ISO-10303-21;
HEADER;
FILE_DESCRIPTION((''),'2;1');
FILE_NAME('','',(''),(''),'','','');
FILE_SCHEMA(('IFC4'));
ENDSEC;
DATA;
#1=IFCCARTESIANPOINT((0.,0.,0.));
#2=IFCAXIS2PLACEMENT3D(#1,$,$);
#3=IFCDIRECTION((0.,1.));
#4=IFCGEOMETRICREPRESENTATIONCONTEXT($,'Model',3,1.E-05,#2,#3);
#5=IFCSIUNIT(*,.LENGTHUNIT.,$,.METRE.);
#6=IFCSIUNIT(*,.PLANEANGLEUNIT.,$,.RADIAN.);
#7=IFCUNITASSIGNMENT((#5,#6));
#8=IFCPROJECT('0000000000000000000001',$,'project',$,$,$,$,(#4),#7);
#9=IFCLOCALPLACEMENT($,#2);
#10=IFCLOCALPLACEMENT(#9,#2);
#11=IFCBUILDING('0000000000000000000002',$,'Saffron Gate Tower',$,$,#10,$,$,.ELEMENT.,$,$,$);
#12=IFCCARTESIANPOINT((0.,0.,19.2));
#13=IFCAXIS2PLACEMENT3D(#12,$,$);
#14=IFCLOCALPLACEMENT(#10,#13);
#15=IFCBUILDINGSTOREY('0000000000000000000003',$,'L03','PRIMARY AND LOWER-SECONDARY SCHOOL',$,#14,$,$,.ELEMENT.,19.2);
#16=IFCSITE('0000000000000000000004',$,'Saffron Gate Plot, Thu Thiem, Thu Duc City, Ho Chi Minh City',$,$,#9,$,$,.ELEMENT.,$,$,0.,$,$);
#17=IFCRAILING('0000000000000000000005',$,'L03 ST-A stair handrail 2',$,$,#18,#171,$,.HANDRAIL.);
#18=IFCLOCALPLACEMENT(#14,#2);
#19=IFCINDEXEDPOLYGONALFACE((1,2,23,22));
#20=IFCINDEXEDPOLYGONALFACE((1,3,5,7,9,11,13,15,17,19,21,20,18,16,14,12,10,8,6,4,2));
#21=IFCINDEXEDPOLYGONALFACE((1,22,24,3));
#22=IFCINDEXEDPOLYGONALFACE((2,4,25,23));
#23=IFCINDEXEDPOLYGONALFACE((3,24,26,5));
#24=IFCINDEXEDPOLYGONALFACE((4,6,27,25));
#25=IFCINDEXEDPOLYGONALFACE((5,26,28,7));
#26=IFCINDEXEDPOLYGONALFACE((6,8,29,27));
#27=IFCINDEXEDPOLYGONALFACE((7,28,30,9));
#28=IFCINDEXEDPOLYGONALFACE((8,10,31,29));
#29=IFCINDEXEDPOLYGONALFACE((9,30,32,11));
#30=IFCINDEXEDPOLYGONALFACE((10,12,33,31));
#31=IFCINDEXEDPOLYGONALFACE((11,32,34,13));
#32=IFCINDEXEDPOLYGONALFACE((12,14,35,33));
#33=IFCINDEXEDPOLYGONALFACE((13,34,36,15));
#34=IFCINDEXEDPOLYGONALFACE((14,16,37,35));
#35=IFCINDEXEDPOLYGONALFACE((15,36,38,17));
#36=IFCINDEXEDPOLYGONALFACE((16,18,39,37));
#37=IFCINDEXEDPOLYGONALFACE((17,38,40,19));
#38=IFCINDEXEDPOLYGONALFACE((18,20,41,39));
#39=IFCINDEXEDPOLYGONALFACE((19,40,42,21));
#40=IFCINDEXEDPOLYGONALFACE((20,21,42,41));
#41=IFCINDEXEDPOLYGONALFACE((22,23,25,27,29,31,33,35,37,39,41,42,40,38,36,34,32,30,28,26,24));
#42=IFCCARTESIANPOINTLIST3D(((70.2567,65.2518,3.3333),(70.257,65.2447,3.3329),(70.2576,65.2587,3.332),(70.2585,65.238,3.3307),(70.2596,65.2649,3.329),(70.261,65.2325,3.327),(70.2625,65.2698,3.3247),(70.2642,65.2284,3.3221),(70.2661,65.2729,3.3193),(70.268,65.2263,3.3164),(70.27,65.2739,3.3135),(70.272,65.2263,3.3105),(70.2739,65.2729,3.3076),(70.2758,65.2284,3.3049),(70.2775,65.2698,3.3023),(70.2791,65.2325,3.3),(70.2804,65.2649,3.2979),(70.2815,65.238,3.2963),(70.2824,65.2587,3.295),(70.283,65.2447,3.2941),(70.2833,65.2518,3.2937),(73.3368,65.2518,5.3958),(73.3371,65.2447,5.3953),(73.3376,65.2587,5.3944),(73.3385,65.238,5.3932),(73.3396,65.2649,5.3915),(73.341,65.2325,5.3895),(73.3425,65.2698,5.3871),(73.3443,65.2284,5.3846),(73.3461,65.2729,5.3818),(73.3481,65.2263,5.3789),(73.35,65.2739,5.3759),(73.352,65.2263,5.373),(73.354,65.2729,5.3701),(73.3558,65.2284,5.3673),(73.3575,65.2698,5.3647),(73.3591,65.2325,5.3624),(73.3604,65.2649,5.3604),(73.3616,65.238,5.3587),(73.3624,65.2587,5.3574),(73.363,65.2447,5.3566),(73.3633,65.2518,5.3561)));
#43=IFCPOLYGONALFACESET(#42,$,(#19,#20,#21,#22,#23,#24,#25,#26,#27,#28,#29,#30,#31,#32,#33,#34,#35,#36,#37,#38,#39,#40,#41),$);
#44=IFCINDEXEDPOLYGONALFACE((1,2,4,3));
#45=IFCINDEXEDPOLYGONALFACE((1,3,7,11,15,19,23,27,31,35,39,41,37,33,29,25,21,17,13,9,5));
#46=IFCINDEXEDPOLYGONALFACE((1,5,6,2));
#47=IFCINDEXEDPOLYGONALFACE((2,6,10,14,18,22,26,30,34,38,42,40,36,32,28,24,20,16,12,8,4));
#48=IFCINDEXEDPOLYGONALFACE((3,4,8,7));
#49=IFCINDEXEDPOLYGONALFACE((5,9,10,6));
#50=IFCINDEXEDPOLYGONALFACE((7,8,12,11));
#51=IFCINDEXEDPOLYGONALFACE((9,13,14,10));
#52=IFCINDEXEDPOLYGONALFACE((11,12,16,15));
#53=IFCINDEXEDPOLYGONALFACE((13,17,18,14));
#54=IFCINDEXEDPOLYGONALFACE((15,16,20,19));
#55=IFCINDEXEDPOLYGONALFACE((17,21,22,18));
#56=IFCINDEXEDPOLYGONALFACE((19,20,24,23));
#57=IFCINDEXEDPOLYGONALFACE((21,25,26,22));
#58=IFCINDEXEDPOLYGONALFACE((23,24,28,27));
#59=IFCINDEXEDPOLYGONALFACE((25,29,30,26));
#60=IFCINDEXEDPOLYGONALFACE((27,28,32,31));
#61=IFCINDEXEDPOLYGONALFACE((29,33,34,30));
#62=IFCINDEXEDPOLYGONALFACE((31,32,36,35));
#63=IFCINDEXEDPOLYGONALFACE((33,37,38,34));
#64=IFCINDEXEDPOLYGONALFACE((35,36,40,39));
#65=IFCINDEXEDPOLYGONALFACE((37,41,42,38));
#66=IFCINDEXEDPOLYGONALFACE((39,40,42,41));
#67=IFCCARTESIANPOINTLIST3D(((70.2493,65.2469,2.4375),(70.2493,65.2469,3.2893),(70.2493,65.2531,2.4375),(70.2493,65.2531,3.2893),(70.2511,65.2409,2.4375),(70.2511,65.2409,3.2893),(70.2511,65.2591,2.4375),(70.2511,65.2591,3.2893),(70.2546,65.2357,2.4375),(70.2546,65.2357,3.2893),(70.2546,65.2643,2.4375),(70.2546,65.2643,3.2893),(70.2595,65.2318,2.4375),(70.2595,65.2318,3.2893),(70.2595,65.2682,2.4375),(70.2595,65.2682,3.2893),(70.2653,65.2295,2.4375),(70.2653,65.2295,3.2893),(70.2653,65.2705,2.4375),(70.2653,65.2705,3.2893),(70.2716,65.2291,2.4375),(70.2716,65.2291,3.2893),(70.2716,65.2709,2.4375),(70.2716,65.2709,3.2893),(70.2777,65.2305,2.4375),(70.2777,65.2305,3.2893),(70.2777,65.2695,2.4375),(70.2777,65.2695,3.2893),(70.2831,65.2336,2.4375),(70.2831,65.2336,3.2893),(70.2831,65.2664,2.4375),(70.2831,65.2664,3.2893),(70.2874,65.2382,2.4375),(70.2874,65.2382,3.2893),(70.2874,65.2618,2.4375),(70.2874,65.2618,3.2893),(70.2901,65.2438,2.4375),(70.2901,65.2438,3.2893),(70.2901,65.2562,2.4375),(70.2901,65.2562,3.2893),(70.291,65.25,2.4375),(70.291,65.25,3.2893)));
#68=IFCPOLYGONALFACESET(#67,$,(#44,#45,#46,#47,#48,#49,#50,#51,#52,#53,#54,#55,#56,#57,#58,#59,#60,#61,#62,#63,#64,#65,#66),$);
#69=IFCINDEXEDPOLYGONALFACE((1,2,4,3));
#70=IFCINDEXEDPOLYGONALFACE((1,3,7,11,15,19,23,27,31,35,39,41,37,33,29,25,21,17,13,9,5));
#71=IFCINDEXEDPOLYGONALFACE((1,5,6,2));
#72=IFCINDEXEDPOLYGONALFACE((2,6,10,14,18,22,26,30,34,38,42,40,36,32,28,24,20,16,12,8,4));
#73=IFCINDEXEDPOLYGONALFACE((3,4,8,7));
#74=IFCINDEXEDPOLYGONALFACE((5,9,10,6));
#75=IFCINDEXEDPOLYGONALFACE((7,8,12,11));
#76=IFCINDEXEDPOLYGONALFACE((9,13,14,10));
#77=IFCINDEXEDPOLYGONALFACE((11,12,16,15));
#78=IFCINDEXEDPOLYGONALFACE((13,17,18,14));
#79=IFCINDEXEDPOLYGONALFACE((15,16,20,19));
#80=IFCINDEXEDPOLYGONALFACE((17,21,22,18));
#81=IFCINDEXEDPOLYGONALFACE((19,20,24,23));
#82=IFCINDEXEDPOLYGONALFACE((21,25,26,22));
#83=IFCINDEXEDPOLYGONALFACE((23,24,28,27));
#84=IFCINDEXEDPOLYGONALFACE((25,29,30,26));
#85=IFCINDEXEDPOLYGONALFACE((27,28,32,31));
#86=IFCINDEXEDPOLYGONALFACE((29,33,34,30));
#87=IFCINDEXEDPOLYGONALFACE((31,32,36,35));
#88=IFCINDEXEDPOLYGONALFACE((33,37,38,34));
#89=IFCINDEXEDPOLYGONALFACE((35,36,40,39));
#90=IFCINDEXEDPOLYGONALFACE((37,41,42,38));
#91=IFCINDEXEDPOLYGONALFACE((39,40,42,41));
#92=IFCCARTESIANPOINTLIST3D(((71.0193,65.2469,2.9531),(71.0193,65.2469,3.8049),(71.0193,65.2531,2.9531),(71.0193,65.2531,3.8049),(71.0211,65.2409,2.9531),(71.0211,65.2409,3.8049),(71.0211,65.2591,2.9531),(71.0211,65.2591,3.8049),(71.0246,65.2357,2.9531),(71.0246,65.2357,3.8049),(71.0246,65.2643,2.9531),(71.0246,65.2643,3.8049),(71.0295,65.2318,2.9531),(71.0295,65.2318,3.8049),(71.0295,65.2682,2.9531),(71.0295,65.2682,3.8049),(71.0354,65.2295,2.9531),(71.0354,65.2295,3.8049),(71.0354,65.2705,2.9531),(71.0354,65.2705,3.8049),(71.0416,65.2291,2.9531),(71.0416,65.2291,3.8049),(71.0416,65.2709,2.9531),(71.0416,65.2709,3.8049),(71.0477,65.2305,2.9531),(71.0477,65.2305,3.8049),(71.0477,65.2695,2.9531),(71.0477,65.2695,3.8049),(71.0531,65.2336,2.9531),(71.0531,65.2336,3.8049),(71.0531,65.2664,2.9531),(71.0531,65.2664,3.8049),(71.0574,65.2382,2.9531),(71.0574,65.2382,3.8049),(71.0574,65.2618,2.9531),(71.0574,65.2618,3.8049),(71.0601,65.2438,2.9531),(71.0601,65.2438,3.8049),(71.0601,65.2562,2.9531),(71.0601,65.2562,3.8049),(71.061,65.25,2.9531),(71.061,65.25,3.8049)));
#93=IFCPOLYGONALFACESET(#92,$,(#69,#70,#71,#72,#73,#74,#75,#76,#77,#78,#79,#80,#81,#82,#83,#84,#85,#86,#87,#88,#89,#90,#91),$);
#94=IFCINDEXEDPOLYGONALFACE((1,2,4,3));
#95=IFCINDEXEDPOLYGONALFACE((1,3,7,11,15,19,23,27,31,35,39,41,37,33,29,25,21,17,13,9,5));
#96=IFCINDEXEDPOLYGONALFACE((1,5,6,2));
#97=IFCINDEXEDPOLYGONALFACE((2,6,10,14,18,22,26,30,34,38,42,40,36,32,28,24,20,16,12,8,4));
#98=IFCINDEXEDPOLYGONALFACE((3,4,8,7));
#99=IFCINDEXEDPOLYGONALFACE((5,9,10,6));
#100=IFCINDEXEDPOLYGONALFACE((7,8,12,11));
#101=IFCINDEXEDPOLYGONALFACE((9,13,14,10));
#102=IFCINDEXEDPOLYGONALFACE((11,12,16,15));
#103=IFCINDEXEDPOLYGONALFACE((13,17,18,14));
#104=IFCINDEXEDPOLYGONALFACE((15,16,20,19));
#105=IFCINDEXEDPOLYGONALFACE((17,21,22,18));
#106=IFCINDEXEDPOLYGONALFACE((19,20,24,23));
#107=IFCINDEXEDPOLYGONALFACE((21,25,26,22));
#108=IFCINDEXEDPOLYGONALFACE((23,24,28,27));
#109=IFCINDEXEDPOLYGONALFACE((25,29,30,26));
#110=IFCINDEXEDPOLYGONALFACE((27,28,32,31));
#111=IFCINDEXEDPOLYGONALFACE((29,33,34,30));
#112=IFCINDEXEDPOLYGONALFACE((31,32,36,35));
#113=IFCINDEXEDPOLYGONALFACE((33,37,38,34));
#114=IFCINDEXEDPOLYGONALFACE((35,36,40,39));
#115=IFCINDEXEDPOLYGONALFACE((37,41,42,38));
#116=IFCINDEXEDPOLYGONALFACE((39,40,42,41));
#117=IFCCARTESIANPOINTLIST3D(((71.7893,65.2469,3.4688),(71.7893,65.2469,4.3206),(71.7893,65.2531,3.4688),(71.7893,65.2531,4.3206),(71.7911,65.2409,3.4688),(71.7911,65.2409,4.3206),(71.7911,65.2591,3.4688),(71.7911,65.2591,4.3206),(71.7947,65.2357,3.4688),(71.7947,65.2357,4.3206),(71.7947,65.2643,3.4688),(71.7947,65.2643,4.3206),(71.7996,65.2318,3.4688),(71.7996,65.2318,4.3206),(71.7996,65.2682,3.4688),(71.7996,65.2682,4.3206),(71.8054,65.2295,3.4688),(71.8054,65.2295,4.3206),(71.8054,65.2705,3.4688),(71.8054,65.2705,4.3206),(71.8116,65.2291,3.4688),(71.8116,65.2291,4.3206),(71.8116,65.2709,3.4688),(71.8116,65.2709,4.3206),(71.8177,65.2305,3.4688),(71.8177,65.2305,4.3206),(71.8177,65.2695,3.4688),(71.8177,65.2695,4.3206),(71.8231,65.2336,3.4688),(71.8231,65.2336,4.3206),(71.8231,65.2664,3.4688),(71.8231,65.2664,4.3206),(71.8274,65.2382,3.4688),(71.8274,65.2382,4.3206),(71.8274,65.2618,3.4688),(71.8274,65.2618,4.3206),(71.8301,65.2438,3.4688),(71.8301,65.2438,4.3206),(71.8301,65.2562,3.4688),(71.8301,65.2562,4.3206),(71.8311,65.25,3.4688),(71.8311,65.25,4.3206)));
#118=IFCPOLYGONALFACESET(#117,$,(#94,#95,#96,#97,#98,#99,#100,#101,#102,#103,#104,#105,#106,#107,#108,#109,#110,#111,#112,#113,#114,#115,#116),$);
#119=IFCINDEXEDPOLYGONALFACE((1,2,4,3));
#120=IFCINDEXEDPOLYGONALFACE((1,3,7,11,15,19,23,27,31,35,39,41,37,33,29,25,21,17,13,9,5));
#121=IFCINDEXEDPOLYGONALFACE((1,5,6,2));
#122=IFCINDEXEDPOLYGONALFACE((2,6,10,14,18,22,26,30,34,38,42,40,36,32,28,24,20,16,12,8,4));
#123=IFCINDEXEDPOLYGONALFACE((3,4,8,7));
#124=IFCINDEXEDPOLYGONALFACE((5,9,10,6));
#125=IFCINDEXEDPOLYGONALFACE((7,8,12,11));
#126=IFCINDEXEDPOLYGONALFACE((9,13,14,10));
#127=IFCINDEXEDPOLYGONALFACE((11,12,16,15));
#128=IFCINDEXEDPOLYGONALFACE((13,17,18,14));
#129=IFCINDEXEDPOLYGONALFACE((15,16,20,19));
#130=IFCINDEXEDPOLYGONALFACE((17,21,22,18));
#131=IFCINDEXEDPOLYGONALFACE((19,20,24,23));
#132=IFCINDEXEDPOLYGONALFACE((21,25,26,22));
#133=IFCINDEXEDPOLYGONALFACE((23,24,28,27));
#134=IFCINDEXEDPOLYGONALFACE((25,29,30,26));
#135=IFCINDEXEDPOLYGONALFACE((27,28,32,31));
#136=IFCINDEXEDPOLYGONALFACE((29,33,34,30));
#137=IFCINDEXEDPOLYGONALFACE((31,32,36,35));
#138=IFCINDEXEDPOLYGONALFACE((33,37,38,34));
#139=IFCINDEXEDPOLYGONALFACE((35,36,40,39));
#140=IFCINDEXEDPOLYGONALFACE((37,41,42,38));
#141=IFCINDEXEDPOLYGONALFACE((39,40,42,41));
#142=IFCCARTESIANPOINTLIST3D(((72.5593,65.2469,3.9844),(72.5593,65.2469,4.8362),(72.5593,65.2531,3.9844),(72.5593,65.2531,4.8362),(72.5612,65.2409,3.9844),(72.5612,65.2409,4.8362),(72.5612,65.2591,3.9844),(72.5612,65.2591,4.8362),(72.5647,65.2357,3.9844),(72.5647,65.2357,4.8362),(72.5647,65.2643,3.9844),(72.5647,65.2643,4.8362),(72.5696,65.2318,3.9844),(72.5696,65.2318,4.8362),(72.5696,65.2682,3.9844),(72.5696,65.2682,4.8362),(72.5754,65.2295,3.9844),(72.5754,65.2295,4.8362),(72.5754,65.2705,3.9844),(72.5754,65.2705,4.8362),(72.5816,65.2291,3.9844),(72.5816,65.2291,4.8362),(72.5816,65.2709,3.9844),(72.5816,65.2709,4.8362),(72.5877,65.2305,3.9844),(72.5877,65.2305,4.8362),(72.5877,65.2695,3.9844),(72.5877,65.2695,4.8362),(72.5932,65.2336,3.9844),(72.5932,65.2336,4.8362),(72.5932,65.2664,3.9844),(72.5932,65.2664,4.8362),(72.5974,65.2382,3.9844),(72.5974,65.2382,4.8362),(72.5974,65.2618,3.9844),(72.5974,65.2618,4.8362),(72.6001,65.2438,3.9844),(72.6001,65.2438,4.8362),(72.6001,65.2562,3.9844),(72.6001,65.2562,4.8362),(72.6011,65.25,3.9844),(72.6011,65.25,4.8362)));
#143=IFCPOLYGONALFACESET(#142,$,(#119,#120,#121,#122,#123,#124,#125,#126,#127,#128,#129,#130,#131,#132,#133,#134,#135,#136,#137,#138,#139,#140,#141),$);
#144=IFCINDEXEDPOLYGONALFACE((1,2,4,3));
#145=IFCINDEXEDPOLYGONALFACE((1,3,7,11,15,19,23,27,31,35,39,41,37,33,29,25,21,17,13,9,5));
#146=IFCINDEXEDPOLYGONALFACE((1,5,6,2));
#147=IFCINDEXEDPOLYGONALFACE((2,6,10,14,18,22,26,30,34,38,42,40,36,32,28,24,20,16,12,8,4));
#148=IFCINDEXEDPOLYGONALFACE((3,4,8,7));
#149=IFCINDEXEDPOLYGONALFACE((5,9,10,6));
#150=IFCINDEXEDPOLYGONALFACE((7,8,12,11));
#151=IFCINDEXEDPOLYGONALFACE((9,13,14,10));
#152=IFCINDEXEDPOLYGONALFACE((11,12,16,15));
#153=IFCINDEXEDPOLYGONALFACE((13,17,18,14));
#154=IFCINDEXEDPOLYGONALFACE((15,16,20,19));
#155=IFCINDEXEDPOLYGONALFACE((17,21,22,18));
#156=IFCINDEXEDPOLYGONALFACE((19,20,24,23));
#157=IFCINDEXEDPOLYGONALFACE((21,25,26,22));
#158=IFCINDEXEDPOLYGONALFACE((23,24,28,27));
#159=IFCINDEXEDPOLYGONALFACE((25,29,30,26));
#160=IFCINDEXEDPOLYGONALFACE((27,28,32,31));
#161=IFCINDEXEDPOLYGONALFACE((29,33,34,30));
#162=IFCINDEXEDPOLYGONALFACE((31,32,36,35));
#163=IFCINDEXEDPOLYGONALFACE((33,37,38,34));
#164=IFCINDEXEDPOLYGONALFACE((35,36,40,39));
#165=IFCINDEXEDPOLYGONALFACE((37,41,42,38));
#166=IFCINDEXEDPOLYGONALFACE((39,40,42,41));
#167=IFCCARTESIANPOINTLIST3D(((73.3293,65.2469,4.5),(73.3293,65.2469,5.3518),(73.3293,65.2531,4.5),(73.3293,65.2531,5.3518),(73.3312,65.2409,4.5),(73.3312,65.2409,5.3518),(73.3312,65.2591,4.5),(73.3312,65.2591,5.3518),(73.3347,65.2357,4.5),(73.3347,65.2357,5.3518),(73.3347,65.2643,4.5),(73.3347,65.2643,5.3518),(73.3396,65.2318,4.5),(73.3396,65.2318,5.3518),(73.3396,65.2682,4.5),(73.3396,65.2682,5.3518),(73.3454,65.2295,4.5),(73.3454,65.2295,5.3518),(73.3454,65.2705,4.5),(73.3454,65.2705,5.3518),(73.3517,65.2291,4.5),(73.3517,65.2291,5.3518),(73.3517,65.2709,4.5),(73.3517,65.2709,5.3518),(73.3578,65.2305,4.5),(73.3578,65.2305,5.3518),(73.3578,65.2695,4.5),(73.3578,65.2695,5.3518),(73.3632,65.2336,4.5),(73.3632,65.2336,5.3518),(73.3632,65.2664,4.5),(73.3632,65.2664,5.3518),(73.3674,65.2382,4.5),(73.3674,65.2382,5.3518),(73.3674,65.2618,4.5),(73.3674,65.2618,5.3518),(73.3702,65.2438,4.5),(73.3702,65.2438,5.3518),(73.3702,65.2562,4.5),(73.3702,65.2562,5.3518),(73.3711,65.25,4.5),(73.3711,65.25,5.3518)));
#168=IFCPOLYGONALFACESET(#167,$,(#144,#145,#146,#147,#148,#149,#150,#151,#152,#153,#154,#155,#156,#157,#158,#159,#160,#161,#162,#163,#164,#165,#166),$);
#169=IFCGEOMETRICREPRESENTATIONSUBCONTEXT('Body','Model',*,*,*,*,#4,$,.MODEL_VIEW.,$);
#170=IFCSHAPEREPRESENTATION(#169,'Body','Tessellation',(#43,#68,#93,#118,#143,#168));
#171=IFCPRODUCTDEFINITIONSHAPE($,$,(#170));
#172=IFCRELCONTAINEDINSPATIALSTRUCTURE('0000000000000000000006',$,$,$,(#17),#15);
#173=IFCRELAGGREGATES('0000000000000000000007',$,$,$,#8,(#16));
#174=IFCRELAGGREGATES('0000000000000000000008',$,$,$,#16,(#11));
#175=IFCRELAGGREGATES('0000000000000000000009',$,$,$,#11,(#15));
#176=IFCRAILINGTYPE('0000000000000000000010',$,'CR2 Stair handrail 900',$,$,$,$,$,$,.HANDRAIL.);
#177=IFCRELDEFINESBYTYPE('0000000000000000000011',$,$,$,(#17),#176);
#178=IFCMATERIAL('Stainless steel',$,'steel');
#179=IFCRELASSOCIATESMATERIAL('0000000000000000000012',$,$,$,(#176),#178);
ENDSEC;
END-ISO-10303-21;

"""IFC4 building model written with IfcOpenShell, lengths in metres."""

from ifc_helpers import new_model, si_unit, direction, frame, origin, origin_2d, place, context, subcontext, project, spatial, circle, extrude, material, type_object, element, save


model = new_model("IFC4")

# Units and contexts
model_context = context("Model", 3, precision=1e-05, world=origin(), true_north=direction((0.0, 1.0)))
body_context = subcontext(model_context, "Body", "Model", "MODEL_VIEW")
ifc_project = project(units=[si_unit("LENGTHUNIT", "METRE"), si_unit("PLANEANGLEUNIT", "RADIAN")], contexts=[model_context])

# Site, building, storey
site_placement = place(None, origin())
site = spatial("IfcSite", under=ifc_project, at=site_placement, Name="Saffron Gate Plot, Thu Thiem, Thu Duc City, Ho Chi Minh City", CompositionType="ELEMENT", RefElevation=0.0)
building_placement = place(site_placement, origin())
building = spatial("IfcBuilding", under=site, at=building_placement, Name="Saffron Gate Tower", CompositionType="ELEMENT")
storey_placement = place(building_placement, frame((0.0, 0.0, 19.2)))
storey = spatial("IfcBuildingStorey", under=building, at=storey_placement, Name="L03", Description="PRIMARY AND LOWER-SECONDARY SCHOOL", CompositionType="ELEMENT", Elevation=19.2)

# Railing
ifc_material_1 = material(Name="Stainless steel", Category="steel")
railing_type_1 = type_object("IfcRailingType", Name="CR2 Stair handrail 900", PredefinedType="HANDRAIL", material=ifc_material_1)
for number, where, name in (
    (1, (70.27, 65.25, 2.4375), "L03 ST-A stair handrail 2"),
):
    element("IfcRailing", number, at=place(storey_placement, frame(where)), inside=storey, type_object=railing_type_1, Name=name, PredefinedType="HANDRAIL", context=body_context, shape_type="SweptSolid", body=[
        extrude(circle(Radius=0.0239, at=origin_2d()), frame((0.0, 0.0, 0.876), z_axis=(0.830914, 0.0, 0.556401), x_axis=(0.0, 1.0, 0.0)), (0.0, 0.0, 1.0), 3.7068),
        extrude(circle(Radius=0.021, at=origin_2d()), origin(), (0.0, 0.0, 1.0), 0.8518),
        extrude(circle(Radius=0.021, at=origin_2d()), frame((0.77, 0.0, 0.5156)), (0.0, 0.0, 1.0), 0.8518),
        extrude(circle(Radius=0.021, at=origin_2d()), frame((1.54, 0.0, 1.0312)), (0.0, 0.0, 1.0), 0.8518),
        extrude(circle(Radius=0.021, at=origin_2d()), frame((2.3101, 0.0, 1.5469)), (0.0, 0.0, 1.0), 0.8518),
        extrude(circle(Radius=0.021, at=origin_2d()), frame((3.0801, 0.0, 2.0625)), (0.0, 0.0, 1.0), 0.8518),
    ])

save(model, "model.ifc")
